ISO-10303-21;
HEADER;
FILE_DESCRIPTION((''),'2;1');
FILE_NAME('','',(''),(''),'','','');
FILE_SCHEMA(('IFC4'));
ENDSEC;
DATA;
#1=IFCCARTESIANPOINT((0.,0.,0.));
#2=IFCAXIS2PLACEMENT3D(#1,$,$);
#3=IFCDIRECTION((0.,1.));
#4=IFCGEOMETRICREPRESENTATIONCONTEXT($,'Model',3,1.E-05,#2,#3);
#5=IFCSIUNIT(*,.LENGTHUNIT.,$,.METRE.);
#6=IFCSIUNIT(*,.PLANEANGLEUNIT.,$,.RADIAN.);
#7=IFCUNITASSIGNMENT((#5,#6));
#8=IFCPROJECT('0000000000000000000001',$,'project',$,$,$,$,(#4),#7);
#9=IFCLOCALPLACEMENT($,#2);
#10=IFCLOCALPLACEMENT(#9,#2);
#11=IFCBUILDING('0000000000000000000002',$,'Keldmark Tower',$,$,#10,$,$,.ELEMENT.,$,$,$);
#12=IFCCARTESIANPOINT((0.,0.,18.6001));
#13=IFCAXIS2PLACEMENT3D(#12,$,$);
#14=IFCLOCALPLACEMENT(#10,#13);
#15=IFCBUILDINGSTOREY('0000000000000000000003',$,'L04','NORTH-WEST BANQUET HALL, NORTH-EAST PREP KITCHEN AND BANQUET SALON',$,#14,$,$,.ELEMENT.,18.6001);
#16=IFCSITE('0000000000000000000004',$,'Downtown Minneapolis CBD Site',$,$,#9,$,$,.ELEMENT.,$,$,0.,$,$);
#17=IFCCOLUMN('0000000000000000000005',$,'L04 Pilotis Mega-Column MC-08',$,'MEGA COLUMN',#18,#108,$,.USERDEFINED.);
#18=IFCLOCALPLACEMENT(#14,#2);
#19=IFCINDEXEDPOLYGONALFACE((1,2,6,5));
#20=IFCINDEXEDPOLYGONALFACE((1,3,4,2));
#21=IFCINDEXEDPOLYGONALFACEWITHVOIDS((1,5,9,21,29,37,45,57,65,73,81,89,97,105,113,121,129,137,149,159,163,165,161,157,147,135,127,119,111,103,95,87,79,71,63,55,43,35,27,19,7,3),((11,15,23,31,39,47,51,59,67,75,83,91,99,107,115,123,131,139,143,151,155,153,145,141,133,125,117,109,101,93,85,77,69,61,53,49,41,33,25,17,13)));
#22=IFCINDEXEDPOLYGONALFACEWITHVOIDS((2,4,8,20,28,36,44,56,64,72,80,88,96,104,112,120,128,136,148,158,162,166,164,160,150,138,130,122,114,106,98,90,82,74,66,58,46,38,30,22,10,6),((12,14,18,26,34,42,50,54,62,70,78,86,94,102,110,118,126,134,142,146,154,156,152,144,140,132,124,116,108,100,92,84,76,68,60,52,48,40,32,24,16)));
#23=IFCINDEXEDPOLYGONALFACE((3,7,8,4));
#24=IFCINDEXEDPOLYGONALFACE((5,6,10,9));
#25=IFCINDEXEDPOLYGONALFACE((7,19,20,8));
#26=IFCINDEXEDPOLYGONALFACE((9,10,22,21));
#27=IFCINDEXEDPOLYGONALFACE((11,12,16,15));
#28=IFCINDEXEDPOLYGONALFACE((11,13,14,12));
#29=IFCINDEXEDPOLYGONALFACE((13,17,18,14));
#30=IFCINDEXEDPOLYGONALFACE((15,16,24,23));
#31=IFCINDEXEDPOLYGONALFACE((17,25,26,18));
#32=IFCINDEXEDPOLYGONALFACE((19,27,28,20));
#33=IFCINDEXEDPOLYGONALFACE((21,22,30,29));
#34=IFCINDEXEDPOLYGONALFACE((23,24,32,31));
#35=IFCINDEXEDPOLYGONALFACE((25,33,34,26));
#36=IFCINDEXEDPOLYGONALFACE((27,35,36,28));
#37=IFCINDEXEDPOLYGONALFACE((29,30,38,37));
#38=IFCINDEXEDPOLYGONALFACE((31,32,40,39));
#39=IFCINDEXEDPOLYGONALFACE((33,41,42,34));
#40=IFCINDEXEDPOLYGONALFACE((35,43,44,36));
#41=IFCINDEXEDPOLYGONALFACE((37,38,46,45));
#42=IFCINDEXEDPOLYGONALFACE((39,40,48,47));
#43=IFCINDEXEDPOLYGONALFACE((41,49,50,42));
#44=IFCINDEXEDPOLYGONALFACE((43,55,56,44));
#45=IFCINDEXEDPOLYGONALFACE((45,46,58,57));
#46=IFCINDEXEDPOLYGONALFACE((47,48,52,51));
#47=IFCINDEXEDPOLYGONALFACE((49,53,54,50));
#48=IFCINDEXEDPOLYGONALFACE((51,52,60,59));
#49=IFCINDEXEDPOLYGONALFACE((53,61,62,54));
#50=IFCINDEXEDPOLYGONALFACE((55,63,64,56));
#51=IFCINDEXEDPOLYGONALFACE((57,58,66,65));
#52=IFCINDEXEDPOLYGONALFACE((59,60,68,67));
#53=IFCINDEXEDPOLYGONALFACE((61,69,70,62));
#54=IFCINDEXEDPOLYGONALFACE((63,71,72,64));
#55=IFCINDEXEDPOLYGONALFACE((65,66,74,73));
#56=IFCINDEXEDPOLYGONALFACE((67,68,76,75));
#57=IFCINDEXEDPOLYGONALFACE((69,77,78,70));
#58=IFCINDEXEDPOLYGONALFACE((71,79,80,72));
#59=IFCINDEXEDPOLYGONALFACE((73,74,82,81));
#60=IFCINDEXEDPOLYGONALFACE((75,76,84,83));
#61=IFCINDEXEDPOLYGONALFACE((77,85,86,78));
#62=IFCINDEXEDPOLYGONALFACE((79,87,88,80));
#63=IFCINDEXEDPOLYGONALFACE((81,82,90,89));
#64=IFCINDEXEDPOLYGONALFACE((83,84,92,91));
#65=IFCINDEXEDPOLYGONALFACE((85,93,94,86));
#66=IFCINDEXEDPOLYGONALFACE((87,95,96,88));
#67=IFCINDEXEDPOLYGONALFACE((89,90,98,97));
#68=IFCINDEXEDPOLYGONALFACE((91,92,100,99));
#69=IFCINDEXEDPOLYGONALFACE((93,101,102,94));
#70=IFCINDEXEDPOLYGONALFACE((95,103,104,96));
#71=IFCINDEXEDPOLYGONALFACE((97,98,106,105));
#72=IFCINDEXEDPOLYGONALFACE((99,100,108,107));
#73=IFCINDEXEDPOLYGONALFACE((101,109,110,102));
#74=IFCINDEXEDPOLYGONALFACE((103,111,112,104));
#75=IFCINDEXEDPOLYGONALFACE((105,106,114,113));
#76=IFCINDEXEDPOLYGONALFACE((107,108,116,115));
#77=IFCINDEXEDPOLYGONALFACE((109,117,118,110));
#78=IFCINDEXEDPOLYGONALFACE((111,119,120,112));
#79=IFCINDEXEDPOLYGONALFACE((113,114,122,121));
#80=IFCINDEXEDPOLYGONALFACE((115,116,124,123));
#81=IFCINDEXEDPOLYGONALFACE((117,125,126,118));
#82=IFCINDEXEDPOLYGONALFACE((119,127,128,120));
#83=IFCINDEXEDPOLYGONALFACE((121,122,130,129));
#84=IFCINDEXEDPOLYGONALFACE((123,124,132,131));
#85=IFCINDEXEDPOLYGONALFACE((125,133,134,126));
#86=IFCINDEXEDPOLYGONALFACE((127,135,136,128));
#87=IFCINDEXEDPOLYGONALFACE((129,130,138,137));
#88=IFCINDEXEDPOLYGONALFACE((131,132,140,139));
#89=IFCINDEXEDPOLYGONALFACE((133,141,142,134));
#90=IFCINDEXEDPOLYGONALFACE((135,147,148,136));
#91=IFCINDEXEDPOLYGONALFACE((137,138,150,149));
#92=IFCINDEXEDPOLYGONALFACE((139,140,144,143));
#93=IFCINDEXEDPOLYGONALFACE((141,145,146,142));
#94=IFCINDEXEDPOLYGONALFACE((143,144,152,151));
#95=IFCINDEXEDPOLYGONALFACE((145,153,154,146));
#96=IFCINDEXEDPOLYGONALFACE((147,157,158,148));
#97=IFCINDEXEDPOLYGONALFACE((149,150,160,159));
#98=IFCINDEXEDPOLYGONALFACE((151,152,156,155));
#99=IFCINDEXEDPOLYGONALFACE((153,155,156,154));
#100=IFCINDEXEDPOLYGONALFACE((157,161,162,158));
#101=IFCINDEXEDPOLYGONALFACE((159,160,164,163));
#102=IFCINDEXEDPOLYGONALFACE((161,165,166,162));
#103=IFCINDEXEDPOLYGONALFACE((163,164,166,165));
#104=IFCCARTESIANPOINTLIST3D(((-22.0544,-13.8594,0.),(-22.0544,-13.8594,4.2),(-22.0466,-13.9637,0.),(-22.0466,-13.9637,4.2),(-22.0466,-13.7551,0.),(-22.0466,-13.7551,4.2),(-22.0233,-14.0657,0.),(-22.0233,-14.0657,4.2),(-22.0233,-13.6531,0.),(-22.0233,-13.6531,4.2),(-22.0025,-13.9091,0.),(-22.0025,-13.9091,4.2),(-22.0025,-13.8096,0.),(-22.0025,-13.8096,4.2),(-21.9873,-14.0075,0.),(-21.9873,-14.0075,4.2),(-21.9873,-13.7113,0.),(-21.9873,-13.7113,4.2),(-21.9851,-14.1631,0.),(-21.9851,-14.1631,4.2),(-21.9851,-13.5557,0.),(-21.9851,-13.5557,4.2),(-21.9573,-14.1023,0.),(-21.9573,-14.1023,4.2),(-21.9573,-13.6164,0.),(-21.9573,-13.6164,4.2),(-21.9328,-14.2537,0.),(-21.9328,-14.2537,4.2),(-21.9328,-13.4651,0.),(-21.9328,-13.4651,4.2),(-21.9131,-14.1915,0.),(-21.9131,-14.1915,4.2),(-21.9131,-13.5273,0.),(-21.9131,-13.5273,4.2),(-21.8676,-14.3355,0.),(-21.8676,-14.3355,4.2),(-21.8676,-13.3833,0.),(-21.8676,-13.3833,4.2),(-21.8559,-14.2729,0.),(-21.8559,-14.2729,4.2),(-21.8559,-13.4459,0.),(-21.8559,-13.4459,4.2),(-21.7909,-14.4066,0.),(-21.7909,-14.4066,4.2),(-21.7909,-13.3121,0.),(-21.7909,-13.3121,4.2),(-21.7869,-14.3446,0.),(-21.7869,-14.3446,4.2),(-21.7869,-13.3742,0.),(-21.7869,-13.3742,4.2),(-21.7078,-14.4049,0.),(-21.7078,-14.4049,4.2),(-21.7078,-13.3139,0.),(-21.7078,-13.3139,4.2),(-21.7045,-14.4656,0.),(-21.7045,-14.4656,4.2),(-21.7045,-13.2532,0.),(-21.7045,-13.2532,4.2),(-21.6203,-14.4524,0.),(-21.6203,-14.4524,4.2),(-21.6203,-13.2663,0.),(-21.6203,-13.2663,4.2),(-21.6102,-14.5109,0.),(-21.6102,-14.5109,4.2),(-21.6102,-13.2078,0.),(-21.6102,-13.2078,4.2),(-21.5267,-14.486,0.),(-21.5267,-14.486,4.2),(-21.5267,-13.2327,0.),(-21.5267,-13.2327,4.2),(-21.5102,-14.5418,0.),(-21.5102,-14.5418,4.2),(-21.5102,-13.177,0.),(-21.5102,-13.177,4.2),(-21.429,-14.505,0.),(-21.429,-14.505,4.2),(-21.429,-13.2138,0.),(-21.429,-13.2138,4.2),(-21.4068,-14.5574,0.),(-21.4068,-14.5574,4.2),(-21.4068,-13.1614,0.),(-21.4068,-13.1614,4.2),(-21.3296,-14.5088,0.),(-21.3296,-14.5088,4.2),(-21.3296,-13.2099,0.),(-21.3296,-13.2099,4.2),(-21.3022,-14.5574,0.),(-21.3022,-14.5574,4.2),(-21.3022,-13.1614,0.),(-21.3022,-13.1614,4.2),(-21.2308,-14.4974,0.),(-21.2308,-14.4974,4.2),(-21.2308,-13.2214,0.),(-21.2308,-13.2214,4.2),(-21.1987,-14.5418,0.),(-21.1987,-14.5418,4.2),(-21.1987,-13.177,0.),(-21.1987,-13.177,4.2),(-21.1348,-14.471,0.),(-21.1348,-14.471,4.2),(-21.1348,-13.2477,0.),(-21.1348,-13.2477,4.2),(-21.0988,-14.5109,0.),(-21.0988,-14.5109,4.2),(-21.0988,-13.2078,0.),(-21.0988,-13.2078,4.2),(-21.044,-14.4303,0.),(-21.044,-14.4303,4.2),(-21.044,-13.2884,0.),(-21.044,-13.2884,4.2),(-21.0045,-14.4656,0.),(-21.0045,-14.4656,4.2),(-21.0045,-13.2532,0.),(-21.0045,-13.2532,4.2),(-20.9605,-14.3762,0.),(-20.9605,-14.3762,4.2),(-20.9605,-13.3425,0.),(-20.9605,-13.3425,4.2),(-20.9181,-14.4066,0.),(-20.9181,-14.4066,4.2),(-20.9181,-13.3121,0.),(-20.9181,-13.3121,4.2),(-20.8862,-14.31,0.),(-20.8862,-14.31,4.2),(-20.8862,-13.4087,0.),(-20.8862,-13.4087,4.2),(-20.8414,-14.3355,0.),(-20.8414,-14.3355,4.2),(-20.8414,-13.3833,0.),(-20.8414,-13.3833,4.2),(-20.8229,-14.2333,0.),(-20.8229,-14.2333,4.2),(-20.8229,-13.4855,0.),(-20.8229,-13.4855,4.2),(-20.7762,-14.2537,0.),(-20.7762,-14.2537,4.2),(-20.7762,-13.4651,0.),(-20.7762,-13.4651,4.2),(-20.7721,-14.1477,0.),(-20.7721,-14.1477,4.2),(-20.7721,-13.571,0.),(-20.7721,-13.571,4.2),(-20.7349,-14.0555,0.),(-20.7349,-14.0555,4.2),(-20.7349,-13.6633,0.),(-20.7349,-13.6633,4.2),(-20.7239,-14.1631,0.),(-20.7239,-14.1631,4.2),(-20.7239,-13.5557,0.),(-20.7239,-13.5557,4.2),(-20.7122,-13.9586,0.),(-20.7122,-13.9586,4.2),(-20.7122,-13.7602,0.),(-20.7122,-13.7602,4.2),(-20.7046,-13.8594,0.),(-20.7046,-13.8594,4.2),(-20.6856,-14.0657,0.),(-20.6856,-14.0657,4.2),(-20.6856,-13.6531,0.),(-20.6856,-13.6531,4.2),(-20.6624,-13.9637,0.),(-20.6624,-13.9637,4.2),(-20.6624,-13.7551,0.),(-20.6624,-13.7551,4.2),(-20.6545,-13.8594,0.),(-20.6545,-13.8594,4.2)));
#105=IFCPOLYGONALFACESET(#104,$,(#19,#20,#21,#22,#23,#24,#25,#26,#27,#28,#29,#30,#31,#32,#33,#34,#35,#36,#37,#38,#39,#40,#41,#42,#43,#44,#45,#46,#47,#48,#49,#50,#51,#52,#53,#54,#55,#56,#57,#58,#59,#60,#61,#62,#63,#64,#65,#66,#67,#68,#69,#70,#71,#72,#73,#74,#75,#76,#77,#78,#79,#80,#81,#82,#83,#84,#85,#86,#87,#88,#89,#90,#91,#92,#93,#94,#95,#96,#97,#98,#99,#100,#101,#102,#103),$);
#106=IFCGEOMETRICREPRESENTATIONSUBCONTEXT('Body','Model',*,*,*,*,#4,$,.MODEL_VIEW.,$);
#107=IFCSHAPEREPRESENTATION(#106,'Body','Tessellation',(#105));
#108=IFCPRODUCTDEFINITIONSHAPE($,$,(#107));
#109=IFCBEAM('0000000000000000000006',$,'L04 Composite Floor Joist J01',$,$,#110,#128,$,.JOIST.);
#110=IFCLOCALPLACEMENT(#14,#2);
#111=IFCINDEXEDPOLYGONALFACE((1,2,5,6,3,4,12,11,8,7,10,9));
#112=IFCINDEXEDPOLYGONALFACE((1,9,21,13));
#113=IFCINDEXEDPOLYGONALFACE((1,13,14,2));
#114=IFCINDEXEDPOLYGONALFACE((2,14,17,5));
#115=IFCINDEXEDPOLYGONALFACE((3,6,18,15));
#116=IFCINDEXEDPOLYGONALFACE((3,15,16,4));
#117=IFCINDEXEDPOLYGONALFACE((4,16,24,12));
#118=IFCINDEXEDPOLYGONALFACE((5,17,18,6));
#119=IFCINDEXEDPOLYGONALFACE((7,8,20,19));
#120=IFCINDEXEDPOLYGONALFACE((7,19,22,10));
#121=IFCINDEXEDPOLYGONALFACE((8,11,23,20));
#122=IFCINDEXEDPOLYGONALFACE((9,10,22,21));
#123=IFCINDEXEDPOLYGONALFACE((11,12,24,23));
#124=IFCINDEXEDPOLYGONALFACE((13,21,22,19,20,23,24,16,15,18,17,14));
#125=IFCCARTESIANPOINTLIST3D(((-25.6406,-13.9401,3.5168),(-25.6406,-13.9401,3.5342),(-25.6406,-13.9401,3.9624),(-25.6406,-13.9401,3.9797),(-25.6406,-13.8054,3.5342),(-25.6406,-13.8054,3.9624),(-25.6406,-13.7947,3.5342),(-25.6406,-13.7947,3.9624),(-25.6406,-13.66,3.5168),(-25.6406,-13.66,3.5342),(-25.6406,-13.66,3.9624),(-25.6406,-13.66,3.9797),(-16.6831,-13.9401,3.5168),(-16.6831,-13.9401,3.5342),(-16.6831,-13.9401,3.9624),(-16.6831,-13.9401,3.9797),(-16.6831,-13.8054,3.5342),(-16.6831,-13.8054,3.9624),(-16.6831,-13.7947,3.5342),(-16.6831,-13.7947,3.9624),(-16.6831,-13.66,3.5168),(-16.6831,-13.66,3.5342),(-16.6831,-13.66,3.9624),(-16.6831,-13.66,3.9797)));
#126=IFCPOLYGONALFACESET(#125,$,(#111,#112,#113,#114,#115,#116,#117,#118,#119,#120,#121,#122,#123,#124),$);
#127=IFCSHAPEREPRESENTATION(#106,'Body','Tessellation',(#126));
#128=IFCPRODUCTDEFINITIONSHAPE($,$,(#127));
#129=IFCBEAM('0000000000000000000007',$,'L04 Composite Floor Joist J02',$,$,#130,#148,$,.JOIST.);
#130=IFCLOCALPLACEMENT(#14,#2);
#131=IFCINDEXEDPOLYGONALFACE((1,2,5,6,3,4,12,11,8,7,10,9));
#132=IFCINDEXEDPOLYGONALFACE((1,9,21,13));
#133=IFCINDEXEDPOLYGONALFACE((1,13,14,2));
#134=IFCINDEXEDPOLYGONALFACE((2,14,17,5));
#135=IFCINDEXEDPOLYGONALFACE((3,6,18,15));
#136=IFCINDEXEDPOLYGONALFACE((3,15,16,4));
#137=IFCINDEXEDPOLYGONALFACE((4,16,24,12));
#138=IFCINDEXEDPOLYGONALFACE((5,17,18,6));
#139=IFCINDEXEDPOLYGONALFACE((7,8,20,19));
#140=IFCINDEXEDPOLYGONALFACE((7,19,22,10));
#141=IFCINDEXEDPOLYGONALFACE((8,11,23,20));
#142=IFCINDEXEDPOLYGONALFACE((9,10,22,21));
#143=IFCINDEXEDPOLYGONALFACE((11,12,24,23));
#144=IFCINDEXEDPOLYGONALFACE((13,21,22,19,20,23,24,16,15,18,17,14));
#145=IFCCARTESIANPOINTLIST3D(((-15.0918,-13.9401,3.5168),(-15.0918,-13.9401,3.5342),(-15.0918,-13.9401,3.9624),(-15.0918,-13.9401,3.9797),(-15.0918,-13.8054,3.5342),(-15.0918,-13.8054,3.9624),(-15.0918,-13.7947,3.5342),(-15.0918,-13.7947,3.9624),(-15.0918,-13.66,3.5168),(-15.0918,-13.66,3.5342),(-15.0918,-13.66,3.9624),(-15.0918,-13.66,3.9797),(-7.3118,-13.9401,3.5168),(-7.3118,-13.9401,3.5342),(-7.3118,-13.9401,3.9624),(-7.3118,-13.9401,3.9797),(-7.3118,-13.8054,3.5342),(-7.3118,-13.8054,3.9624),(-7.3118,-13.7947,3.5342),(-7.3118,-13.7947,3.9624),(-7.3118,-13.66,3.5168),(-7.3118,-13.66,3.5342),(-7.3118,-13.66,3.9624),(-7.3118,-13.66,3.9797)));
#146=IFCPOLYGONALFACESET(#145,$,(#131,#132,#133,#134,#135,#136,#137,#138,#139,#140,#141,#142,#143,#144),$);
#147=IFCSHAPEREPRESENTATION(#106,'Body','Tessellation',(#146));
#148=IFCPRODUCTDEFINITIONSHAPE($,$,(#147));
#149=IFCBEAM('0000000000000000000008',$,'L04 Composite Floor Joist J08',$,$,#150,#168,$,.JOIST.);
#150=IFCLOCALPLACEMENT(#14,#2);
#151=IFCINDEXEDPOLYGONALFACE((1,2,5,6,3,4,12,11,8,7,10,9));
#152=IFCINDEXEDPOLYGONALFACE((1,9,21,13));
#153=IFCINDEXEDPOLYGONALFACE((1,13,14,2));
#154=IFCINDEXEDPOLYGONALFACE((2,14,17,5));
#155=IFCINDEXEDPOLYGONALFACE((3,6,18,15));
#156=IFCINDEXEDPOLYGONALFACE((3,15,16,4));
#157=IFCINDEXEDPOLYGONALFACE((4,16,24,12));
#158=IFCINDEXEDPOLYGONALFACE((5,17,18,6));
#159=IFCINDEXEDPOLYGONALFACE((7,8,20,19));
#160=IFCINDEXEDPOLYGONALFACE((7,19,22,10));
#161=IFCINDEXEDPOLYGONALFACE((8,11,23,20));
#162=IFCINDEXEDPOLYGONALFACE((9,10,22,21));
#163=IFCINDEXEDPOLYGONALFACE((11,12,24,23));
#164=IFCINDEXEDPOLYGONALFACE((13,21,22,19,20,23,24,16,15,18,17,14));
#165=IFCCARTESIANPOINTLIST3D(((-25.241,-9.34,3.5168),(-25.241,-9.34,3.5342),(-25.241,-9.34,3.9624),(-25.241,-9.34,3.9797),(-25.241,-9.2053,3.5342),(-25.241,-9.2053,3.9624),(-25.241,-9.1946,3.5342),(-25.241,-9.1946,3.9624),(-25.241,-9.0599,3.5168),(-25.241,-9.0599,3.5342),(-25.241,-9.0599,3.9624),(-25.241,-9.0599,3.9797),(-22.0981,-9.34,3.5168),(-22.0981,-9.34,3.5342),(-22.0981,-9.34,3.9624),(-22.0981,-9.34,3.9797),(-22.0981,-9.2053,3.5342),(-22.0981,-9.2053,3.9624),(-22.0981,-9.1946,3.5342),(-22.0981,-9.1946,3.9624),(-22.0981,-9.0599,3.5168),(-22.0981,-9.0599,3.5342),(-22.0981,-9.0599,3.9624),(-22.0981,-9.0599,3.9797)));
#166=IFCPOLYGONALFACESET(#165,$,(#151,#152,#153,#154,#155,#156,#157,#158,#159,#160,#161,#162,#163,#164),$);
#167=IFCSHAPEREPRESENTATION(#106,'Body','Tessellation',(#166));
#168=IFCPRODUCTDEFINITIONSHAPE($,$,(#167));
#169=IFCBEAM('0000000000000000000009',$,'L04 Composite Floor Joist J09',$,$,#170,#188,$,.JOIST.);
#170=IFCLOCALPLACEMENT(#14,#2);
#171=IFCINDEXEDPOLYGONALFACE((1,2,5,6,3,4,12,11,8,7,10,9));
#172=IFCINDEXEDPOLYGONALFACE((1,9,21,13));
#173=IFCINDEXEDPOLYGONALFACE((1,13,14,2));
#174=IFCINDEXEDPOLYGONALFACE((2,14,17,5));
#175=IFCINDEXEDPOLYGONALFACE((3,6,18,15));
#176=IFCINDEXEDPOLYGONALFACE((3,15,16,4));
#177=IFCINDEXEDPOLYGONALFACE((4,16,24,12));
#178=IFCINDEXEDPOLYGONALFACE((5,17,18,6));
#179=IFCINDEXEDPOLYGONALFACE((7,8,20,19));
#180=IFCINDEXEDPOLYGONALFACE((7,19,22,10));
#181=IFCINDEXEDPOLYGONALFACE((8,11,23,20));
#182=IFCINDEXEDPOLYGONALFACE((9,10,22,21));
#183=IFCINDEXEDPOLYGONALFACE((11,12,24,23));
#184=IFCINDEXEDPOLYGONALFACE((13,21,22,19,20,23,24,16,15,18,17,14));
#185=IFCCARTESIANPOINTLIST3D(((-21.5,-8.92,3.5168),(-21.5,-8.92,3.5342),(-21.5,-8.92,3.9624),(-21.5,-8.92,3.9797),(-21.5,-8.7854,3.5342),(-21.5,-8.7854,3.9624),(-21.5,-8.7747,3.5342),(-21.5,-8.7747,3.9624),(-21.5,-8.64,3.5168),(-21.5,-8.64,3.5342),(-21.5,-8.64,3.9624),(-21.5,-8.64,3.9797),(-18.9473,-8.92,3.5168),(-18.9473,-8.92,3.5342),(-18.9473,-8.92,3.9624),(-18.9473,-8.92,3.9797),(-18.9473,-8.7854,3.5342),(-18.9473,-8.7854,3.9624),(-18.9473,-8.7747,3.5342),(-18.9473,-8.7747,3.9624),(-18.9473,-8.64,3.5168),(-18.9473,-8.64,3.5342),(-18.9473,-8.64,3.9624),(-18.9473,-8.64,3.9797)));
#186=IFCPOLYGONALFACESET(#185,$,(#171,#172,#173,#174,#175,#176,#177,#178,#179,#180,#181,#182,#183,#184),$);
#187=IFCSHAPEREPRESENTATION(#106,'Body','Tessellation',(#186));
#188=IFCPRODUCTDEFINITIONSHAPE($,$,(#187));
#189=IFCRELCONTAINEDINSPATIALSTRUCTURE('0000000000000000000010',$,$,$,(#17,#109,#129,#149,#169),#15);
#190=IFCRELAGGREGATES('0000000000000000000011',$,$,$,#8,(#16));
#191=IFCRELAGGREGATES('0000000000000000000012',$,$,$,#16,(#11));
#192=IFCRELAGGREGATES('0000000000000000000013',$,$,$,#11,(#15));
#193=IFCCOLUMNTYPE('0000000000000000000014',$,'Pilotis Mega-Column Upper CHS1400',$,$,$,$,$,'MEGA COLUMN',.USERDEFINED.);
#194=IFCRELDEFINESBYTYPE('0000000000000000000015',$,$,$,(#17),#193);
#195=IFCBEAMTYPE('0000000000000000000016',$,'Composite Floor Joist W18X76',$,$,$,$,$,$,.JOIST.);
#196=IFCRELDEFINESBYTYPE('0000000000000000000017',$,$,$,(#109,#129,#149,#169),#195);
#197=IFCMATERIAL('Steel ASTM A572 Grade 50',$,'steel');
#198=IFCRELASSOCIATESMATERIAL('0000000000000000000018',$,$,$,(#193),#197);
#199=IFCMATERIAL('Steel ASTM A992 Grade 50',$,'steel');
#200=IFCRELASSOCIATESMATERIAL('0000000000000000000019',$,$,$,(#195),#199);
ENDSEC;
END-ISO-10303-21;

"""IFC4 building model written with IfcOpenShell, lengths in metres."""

from ifc_helpers import new_model, si_unit, direction, frame, origin, origin_2d, place, context, subcontext, project, spatial, hollow_circle, i_section, extrude, material, material_profile, profile_set, type_object, element, save


model = new_model("IFC4")

# Units and contexts
model_context = context("Model", 3, precision=1e-05, world=origin(), true_north=direction((0.0, 1.0)))
body_context = subcontext(model_context, "Body", "Model", "MODEL_VIEW")
ifc_project = project(units=[si_unit("LENGTHUNIT", "METRE"), si_unit("PLANEANGLEUNIT", "RADIAN")], contexts=[model_context])

# Site, building, storey
site_placement = place(None, origin())
site = spatial("IfcSite", under=ifc_project, at=site_placement, Name="Downtown Minneapolis CBD Site", CompositionType="ELEMENT", RefElevation=0.0)
building_placement = place(site_placement, origin())
building = spatial("IfcBuilding", under=site, at=building_placement, Name="Keldmark Tower", CompositionType="ELEMENT")
storey_placement = place(building_placement, frame((0.0, 0.0, 18.6001)))
storey = spatial("IfcBuildingStorey", under=building, at=storey_placement, Name="L04", Description="NORTH-WEST BANQUET HALL, NORTH-EAST PREP KITCHEN AND BANQUET SALON", CompositionType="ELEMENT", Elevation=18.6001)

# Column
ifc_material_1 = material(Name="Steel ASTM A572 Grade 50", Category="steel")
ifc_material_profile_1 = material_profile(ifc_material_1, hollow_circle(Radius=0.7, WallThickness=0.05, at=origin_2d()), Name="CHS1400X50")
ifc_profile_set_1 = profile_set([ifc_material_profile_1], Name="Steel ASTM A572 Grade 50")
column_type = type_object("IfcColumnType", Name="Pilotis Mega-Column Upper CHS1400", ElementType="MEGA COLUMN", PredefinedType="USERDEFINED", material=ifc_profile_set_1)
column_placement = place(storey_placement, frame((-21.3545, -13.8594, 0.0), z_axis=(0.0, 0.0, 1.0), x_axis=(1.0, 0.0, 0.0)))
element("IfcColumn", 1, at=column_placement, inside=storey, type_object=column_type, Name="L04 Pilotis Mega-Column MC-08", ObjectType="MEGA COLUMN", PredefinedType="USERDEFINED", context=body_context, shape_type="SweptSolid", body=[
    extrude(hollow_circle(Radius=0.7, WallThickness=0.05, at=origin_2d()), origin(), (0.0, 0.0, 1.0), 4.2),
])

# Beams
ifc_material_2 = material(Name="Steel ASTM A992 Grade 50", Category="steel")
ifc_material_profile_2 = material_profile(ifc_material_2, i_section(OverallWidth=0.28, OverallDepth=0.4629, WebThickness=0.0107, FlangeThickness=0.0173, at=origin_2d()), Name="W18X76")
ifc_profile_set_2 = profile_set([ifc_material_profile_2], Name="Steel ASTM A992 Grade 50")
beam_type_1 = type_object("IfcBeamType", Name="Composite Floor Joist W18X76", PredefinedType="JOIST", material=ifc_profile_set_2)
beam_1_placement = place(storey_placement, frame((-25.6406, -13.8, 3.7483), z_axis=(1.0, 0.0, 0.0), x_axis=(0.0, 1.0, 0.0)))
element("IfcBeam", 2, at=beam_1_placement, inside=storey, type_object=beam_type_1, Name="L04 Composite Floor Joist J01", PredefinedType="JOIST", context=body_context, shape_type="SweptSolid", body=[
    extrude(i_section(OverallWidth=0.28, OverallDepth=0.4629, WebThickness=0.0107, FlangeThickness=0.0173, at=origin_2d()), origin(), (0.0, 0.0, 1.0), 8.9575),
])
beam_2_placement = place(storey_placement, frame((-15.0918, -13.8, 3.7483), z_axis=(1.0, 0.0, 0.0), x_axis=(0.0, 1.0, 0.0)))
element("IfcBeam", 3, at=beam_2_placement, inside=storey, type_object=beam_type_1, Name="L04 Composite Floor Joist J02", PredefinedType="JOIST", context=body_context, shape_type="SweptSolid", body=[
    extrude(i_section(OverallWidth=0.28, OverallDepth=0.4629, WebThickness=0.0107, FlangeThickness=0.0173, at=origin_2d()), origin(), (0.0, 0.0, 1.0), 7.78),
])
beam_3_placement = place(storey_placement, frame((-25.241, -9.2, 3.7483), z_axis=(1.0, 0.0, 0.0), x_axis=(0.0, 1.0, 0.0)))
element("IfcBeam", 4, at=beam_3_placement, inside=storey, type_object=beam_type_1, Name="L04 Composite Floor Joist J08", PredefinedType="JOIST", context=body_context, shape_type="SweptSolid", body=[
    extrude(i_section(OverallWidth=0.28, OverallDepth=0.4629, WebThickness=0.0107, FlangeThickness=0.0173, at=origin_2d()), origin(), (0.0, 0.0, 1.0), 3.1428),
])
beam_4_placement = place(storey_placement, frame((-21.5, -8.78, 3.7483), z_axis=(1.0, 0.0, 0.0), x_axis=(0.0, 1.0, 0.0)))
element("IfcBeam", 5, at=beam_4_placement, inside=storey, type_object=beam_type_1, Name="L04 Composite Floor Joist J09", PredefinedType="JOIST", context=body_context, shape_type="SweptSolid", body=[
    extrude(i_section(OverallWidth=0.28, OverallDepth=0.4629, WebThickness=0.0107, FlangeThickness=0.0173, at=origin_2d()), origin(), (0.0, 0.0, 1.0), 2.5527),
])

save(model, "model.ifc")
